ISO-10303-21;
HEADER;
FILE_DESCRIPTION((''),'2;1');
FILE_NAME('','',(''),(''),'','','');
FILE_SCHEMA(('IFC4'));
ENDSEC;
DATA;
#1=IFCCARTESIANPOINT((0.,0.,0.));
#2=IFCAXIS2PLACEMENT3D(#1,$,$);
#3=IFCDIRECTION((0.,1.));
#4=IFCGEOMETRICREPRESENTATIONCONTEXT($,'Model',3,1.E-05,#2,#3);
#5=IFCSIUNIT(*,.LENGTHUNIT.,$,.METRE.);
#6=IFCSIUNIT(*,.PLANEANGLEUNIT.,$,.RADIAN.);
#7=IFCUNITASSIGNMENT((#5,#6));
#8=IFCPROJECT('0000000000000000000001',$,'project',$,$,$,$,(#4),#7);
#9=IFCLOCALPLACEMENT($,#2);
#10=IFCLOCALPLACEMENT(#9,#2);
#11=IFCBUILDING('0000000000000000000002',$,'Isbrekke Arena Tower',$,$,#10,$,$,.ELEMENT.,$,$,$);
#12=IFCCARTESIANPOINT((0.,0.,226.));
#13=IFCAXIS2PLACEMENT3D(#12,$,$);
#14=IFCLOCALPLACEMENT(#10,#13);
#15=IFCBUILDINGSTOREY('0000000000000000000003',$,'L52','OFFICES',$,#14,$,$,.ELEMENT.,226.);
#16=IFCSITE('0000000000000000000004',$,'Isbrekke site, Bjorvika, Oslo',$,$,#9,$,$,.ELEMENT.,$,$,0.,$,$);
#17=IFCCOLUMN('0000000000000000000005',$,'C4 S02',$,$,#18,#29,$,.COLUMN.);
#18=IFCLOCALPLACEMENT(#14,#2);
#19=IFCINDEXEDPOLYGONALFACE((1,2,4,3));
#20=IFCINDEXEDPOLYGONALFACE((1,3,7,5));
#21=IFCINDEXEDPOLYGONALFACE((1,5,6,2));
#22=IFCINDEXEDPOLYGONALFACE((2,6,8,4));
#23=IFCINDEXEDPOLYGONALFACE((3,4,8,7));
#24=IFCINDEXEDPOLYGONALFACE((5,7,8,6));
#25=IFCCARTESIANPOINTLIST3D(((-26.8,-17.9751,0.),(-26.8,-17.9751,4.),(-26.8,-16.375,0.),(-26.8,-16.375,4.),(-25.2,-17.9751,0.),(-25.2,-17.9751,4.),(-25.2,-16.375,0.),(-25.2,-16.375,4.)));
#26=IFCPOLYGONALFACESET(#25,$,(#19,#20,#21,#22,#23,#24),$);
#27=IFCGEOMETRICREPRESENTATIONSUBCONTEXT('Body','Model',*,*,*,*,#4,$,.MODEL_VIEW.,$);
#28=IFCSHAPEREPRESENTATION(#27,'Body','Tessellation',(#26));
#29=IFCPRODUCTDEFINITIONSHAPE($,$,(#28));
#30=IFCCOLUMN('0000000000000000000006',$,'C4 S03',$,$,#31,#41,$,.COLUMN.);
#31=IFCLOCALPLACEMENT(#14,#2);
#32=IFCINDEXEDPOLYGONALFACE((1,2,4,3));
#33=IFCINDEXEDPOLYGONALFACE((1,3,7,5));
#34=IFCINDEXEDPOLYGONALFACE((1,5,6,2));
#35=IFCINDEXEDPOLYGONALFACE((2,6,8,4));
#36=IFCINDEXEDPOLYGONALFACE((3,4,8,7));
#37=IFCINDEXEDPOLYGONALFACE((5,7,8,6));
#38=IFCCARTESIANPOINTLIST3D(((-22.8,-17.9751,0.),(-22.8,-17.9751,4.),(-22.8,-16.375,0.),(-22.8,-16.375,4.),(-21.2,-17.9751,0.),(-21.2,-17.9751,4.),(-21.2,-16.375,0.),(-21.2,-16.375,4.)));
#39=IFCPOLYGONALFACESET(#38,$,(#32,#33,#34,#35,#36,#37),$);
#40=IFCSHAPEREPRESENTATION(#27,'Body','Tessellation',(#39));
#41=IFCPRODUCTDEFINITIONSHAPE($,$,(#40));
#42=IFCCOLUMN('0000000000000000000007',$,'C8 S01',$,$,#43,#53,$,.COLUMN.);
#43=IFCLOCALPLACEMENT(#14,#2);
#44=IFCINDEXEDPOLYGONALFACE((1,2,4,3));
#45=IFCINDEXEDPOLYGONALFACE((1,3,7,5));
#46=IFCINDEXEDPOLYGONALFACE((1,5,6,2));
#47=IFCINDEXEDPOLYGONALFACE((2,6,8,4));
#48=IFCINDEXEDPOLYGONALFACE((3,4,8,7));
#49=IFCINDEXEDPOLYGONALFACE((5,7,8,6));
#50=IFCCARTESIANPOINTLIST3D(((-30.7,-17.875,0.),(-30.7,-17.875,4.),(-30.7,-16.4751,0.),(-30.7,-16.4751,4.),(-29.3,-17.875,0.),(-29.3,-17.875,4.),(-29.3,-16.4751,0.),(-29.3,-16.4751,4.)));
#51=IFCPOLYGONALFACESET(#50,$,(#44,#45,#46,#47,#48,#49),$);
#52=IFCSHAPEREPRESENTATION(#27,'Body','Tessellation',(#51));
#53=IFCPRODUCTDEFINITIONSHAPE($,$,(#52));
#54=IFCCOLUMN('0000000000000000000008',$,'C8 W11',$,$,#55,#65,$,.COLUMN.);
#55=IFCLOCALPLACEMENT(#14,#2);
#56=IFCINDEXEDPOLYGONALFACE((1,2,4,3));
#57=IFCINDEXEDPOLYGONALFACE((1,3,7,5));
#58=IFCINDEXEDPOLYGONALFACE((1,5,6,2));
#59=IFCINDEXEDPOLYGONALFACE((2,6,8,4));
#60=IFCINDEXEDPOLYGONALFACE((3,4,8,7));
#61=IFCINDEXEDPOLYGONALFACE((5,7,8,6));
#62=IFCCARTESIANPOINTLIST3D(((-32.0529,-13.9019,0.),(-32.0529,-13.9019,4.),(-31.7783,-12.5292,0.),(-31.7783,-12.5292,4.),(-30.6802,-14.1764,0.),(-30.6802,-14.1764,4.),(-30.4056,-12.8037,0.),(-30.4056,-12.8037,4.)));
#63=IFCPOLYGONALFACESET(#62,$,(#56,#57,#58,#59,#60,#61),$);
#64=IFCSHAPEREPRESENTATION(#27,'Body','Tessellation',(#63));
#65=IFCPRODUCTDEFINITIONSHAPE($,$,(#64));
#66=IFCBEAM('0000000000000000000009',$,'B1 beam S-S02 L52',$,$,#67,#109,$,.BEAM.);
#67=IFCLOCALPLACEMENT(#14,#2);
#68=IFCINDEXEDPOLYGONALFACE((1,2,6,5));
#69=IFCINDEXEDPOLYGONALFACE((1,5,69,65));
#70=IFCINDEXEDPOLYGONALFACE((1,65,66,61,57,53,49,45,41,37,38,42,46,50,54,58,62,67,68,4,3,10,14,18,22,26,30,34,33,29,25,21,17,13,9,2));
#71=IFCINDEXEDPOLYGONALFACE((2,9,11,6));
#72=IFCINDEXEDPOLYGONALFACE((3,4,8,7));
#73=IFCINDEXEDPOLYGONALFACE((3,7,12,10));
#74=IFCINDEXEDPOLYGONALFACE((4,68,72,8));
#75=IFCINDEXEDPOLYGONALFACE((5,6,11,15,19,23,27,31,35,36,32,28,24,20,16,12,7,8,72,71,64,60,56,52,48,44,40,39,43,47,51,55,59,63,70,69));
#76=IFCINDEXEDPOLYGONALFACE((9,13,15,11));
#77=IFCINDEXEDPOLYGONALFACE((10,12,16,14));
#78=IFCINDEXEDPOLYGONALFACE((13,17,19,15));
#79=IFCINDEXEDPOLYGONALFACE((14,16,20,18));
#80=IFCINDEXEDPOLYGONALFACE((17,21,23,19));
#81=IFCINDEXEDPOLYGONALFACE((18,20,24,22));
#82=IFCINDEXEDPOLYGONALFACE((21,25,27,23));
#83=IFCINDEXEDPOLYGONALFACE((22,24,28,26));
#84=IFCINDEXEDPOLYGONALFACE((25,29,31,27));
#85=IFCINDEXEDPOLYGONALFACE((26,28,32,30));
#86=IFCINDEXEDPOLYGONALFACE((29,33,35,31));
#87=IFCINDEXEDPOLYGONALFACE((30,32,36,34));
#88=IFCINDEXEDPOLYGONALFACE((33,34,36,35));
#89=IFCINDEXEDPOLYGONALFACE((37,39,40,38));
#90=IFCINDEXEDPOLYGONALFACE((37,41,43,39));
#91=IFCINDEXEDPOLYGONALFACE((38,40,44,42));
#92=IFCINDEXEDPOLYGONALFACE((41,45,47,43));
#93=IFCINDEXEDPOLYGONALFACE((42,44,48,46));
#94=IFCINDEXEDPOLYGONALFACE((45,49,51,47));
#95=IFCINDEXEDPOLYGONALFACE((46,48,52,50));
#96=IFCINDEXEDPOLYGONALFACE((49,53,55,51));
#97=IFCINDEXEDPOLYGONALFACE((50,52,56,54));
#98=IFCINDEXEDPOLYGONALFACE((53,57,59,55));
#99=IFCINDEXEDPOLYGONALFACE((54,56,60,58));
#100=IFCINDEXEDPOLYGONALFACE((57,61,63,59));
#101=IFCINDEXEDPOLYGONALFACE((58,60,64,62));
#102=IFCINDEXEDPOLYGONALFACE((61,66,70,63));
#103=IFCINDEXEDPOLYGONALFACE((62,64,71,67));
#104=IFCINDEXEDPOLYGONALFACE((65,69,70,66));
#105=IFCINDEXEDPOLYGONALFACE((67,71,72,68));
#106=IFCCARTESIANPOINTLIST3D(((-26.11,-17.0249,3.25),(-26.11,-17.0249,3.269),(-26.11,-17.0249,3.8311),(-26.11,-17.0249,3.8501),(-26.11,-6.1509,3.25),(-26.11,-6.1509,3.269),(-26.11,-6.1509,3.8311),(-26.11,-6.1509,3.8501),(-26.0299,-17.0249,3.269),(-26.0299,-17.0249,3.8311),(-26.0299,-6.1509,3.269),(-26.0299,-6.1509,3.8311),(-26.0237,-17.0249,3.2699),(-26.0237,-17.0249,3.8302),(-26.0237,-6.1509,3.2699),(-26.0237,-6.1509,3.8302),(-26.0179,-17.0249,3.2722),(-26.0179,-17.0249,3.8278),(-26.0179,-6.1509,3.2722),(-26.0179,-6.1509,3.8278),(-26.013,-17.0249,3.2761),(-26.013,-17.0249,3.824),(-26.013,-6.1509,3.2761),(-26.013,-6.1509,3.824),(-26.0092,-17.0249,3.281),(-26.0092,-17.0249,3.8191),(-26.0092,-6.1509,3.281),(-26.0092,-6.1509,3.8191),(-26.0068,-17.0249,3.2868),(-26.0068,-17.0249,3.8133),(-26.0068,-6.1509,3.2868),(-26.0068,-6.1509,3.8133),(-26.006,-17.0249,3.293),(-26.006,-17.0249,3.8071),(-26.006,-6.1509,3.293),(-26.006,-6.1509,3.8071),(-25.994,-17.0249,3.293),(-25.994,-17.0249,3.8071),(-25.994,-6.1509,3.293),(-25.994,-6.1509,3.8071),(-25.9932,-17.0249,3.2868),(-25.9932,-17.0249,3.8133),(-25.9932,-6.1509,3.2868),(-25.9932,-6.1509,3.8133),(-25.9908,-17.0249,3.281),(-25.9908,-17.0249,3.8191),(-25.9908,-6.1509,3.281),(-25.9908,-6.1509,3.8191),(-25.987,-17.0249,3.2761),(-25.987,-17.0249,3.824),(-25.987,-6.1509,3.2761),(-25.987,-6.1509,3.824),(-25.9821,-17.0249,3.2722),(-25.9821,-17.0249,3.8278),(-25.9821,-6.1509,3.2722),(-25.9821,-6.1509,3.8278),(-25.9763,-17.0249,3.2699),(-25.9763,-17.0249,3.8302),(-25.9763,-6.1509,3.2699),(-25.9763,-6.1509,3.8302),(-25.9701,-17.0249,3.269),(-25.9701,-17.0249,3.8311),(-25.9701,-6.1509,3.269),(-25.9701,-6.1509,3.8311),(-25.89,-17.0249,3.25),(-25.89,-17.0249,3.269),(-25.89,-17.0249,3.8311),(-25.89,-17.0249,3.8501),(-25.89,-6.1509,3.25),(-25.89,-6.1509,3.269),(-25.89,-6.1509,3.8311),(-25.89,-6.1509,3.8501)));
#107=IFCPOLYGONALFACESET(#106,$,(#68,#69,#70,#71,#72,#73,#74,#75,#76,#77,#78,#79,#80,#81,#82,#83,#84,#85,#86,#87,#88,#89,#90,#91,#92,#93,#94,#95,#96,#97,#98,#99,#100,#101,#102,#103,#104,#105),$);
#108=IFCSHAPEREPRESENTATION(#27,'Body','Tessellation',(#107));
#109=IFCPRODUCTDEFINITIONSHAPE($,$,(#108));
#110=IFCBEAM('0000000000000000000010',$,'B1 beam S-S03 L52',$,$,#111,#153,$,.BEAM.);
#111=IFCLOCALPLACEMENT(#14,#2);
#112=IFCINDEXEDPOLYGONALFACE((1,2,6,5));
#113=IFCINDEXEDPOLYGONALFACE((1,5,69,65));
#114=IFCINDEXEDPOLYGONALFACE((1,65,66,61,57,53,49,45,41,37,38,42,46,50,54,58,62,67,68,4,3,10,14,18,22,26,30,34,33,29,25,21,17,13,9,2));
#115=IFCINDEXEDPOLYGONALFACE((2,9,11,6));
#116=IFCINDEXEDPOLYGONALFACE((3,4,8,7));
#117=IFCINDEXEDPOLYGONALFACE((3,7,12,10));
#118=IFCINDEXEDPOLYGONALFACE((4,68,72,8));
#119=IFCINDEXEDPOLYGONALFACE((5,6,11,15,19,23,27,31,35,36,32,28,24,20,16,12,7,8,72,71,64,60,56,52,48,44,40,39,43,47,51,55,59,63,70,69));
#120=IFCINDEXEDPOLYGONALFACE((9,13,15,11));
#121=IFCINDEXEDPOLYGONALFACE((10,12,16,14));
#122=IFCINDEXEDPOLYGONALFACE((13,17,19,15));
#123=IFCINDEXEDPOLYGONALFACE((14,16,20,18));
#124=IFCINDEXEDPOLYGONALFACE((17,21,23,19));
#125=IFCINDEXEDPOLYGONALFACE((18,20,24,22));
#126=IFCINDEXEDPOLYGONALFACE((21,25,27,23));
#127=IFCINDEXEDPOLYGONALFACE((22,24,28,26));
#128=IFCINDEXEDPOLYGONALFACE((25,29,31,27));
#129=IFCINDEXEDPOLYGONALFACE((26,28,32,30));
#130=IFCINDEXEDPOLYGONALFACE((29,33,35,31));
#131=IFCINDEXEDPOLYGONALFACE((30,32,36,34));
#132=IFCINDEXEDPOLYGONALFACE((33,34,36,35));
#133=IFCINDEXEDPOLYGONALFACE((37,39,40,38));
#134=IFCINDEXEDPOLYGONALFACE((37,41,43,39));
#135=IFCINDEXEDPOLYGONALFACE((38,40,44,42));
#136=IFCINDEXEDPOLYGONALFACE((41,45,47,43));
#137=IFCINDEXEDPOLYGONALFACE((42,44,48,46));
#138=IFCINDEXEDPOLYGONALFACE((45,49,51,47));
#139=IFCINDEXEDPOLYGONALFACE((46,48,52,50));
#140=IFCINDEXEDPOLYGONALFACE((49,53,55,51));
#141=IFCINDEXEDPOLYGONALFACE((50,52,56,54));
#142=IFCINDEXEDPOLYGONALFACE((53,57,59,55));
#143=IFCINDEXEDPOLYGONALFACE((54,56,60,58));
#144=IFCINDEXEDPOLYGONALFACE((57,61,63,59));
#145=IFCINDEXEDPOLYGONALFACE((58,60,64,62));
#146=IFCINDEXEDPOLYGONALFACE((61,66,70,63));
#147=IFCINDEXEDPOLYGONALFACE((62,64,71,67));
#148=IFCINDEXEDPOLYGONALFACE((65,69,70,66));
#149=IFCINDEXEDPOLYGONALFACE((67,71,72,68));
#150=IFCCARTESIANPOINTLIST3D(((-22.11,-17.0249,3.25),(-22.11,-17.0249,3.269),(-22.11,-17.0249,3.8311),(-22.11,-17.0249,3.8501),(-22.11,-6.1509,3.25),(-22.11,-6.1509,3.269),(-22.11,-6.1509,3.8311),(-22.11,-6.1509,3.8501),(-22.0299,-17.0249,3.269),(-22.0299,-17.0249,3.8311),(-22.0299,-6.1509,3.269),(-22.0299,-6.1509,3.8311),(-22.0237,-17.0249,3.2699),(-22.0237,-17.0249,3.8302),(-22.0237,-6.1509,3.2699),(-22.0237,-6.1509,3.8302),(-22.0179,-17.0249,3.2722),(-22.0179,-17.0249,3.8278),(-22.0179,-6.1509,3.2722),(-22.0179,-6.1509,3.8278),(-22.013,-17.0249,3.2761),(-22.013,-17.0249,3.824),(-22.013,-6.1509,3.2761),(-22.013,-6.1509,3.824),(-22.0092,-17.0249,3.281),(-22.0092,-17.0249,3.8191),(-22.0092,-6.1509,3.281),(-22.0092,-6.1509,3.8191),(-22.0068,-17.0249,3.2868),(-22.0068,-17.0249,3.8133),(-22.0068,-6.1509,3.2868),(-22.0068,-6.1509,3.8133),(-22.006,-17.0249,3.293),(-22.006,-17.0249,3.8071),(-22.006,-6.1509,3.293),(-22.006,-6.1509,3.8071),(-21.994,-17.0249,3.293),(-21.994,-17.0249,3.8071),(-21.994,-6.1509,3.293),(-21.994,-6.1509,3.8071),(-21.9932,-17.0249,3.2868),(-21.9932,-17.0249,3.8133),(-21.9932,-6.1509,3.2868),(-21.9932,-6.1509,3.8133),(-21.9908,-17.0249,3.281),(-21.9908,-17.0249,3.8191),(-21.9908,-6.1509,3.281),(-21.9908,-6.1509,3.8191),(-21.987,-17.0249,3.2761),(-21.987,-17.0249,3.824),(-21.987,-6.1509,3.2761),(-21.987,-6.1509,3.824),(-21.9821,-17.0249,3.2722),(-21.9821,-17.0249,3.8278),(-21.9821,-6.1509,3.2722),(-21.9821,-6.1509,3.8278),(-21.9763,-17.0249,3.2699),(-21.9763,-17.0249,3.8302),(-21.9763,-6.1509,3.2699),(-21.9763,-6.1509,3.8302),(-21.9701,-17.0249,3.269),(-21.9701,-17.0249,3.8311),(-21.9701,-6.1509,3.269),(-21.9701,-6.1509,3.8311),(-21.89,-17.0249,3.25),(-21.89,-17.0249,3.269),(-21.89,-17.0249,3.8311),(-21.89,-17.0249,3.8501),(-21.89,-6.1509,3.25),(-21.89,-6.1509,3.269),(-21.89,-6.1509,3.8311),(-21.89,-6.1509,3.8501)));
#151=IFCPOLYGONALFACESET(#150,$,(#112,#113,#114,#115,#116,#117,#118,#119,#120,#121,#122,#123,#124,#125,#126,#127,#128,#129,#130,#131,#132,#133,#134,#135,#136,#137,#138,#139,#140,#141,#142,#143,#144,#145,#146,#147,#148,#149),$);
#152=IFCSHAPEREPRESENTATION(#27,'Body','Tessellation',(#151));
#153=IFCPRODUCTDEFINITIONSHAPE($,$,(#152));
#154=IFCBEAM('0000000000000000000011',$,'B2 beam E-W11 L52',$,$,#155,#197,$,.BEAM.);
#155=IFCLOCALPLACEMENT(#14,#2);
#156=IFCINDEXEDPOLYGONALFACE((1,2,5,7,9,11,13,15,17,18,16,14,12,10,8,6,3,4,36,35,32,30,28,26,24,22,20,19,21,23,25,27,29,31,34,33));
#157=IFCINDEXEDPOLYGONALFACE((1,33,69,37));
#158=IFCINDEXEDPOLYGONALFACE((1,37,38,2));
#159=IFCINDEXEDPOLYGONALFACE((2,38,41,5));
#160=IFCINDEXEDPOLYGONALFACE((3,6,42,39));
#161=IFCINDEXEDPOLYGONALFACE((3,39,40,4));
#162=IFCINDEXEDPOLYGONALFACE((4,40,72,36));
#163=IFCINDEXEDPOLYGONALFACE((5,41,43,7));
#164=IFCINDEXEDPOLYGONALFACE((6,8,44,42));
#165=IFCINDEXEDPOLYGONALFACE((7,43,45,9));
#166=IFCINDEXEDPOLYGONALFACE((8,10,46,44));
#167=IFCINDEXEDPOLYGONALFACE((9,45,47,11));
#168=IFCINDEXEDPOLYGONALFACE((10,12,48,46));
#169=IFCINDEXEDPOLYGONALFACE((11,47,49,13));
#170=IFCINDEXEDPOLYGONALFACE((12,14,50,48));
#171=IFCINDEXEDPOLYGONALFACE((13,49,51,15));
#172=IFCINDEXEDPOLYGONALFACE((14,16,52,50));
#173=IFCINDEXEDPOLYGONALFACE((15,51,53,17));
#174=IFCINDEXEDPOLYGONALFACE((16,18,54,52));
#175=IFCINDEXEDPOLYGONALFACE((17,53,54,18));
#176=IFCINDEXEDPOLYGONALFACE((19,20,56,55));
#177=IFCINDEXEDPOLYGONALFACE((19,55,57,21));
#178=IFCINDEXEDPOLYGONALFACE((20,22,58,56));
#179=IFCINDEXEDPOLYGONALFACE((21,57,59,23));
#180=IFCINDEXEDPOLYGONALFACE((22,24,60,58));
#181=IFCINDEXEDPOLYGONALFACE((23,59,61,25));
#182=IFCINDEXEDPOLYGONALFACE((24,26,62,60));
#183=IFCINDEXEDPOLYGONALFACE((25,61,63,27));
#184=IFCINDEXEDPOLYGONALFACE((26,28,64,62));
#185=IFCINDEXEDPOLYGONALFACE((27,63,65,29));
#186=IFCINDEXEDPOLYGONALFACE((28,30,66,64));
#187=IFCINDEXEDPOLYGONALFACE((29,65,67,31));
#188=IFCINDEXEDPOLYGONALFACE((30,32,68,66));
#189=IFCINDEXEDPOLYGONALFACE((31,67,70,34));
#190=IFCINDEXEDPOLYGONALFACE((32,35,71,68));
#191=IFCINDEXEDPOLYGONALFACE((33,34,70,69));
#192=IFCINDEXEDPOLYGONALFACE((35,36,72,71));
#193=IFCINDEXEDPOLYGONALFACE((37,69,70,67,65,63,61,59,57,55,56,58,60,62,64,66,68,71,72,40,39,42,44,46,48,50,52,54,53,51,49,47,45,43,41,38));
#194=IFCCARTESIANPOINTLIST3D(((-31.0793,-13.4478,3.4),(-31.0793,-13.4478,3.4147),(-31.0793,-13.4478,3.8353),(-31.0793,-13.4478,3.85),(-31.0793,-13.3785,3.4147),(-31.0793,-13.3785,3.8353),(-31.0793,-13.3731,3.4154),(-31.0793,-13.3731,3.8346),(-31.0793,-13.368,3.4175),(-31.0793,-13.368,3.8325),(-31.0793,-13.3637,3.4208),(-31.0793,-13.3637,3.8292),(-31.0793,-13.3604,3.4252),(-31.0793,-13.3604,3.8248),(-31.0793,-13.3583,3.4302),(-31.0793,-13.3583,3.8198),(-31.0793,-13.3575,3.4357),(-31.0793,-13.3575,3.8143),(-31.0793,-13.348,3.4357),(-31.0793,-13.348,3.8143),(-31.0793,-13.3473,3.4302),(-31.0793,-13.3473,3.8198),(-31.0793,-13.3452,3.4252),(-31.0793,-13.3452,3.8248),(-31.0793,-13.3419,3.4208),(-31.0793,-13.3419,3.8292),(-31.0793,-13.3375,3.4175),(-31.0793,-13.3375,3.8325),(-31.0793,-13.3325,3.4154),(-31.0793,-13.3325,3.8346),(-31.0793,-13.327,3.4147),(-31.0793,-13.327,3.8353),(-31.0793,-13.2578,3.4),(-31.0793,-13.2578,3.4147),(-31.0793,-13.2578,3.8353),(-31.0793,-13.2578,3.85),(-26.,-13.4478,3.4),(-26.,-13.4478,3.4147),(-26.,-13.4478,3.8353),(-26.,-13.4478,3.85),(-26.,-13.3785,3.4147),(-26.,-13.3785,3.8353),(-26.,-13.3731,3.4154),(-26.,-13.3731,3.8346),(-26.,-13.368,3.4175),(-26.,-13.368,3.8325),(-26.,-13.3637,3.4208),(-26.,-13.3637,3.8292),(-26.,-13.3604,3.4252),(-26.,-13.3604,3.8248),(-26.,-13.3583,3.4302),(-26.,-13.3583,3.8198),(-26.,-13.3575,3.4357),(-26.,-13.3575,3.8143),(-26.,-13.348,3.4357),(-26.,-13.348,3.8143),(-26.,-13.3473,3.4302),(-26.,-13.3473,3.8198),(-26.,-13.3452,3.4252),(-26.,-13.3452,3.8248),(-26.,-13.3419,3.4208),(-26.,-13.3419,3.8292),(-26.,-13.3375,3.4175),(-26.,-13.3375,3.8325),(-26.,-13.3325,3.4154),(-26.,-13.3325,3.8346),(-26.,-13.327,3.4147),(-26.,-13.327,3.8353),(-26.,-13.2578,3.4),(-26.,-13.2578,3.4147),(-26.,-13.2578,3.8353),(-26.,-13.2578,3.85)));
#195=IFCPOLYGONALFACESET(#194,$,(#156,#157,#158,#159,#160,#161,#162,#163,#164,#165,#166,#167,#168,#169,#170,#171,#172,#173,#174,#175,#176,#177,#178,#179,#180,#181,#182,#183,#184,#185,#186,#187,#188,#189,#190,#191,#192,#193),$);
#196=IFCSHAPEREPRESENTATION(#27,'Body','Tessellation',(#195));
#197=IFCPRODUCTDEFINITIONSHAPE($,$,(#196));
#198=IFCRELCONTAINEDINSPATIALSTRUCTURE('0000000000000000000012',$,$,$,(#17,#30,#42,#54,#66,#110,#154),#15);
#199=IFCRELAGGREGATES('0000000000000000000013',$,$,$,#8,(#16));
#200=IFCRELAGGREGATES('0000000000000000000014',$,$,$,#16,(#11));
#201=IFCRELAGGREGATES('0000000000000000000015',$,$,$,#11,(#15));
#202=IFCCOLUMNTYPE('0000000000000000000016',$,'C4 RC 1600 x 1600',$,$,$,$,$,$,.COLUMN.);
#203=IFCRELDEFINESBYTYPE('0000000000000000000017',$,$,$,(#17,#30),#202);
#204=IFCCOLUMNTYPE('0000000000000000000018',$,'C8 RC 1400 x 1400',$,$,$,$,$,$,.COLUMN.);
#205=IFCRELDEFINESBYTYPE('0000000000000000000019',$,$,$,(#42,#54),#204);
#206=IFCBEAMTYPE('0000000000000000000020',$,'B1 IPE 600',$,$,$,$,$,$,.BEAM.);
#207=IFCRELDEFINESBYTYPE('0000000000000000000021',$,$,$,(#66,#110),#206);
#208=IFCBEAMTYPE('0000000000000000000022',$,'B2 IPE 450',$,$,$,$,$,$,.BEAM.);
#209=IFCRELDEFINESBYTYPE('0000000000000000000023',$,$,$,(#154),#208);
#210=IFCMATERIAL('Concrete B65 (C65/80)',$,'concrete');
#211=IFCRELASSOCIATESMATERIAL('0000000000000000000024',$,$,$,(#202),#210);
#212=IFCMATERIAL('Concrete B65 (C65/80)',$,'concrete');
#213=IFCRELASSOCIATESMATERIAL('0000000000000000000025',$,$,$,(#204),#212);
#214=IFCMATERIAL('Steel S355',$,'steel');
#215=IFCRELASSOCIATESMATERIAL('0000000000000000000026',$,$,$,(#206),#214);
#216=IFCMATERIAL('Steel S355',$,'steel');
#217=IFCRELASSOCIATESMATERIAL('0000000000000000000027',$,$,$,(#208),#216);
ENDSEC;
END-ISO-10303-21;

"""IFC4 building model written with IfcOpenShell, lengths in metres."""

from ifc_helpers import new_model, si_unit, direction, frame, origin, origin_2d, place, context, subcontext, project, spatial, rectangle, i_section, extrude, material, material_profile, profile_set, type_object, element, save


model = new_model("IFC4")

# Units and contexts
model_context = context("Model", 3, precision=1e-05, world=origin(), true_north=direction((0.0, 1.0)))
body_context = subcontext(model_context, "Body", "Model", "MODEL_VIEW")
ifc_project = project(units=[si_unit("LENGTHUNIT", "METRE"), si_unit("PLANEANGLEUNIT", "RADIAN")], contexts=[model_context])

# Site, building, storey
site_placement = place(None, origin())
site = spatial("IfcSite", under=ifc_project, at=site_placement, Name="Isbrekke site, Bjorvika, Oslo", CompositionType="ELEMENT", RefElevation=0.0)
building_placement = place(site_placement, origin())
building = spatial("IfcBuilding", under=site, at=building_placement, Name="Isbrekke Arena Tower", CompositionType="ELEMENT")
storey_placement = place(building_placement, frame((0.0, 0.0, 226.0)))
storey = spatial("IfcBuildingStorey", under=building, at=storey_placement, Name="L52", Description="OFFICES", CompositionType="ELEMENT", Elevation=226.0)

# Columns
ifc_material_1 = material(Name="Concrete B65 (C65/80)", Category="concrete")
ifc_material_profile_1 = material_profile(ifc_material_1, rectangle(XDim=1.6001, YDim=1.6001, at=origin_2d()), Name="RC 1600x1600")
ifc_profile_set_1 = profile_set([ifc_material_profile_1], Name="Concrete B65 (C65/80)")
column_type_1 = type_object("IfcColumnType", Name="C4 RC 1600 x 1600", PredefinedType="COLUMN", material=ifc_profile_set_1)
for number, where, z_axis, x_axis, name in (
    (1, (-26.0, -17.175, 0.0), (0.0, 0.0, 1.0), (1.0, 0.0, 0.0), "C4 S02"),
    (2, (-22.0, -17.175, 0.0), (0.0, 0.0, 1.0), (1.0, 0.0, 0.0), "C4 S03"),
):
    element("IfcColumn", number, at=place(storey_placement, frame(where, z_axis=z_axis, x_axis=x_axis)), inside=storey, type_object=column_type_1, Name=name, PredefinedType="COLUMN", context=body_context, shape_type="SweptSolid", body=[
        extrude(rectangle(XDim=1.6001, YDim=1.6001, at=origin_2d()), origin(), (0.0, 0.0, 1.0), 4.0),
    ])
ifc_material_2 = material(Name="Concrete B65 (C65/80)", Category="concrete")
ifc_material_profile_2 = material_profile(ifc_material_2, rectangle(XDim=1.3999, YDim=1.3999, at=origin_2d()), Name="RC 1400x1400")
ifc_profile_set_2 = profile_set([ifc_material_profile_2], Name="Concrete B65 (C65/80)")
column_type_2 = type_object("IfcColumnType", Name="C8 RC 1400 x 1400", PredefinedType="COLUMN", material=ifc_profile_set_2)
for number, where, z_axis, x_axis, name in (
    (3, (-30.0, -17.175, 0.0), (0.0, 0.0, 1.0), (1.0, 0.0, 0.0), "C8 S01"),
    (4, (-31.2292, -13.3528, 0.0), (0.0, 0.0, 1.0), (-0.196116, -0.980581, 0.0), "C8 W11"),
):
    element("IfcColumn", number, at=place(storey_placement, frame(where, z_axis=z_axis, x_axis=x_axis)), inside=storey, type_object=column_type_2, Name=name, PredefinedType="COLUMN", context=body_context, shape_type="SweptSolid", body=[
        extrude(rectangle(XDim=1.3999, YDim=1.3999, at=origin_2d()), origin(), (0.0, 0.0, 1.0), 4.0),
    ])

# Beams
ifc_material_3 = material(Name="Steel S355", Category="steel")
ifc_material_profile_3 = material_profile(ifc_material_3, i_section(OverallWidth=0.22, OverallDepth=0.6001, WebThickness=0.012, FlangeThickness=0.019, FilletRadius=0.0239, at=origin_2d()), Name="IPE 600")
ifc_profile_set_3 = profile_set([ifc_material_profile_3], Name="Steel S355")
beam_type_1 = type_object("IfcBeamType", Name="B1 IPE 600", PredefinedType="BEAM", material=ifc_profile_set_3)
for number, where, z_axis, x_axis, name in (
    (5, (-26.0, -17.0249, 3.55), (0.0, 1.0, 0.0), (-1.0, 0.0, 0.0), "B1 beam S-S02 L52"),
    (6, (-22.0, -17.0249, 3.55), (0.0, 1.0, 0.0), (-1.0, 0.0, 0.0), "B1 beam S-S03 L52"),
):
    element("IfcBeam", number, at=place(storey_placement, frame(where, z_axis=z_axis, x_axis=x_axis)), inside=storey, type_object=beam_type_1, Name=name, PredefinedType="BEAM", context=body_context, shape_type="SweptSolid", body=[
        extrude(i_section(OverallWidth=0.22, OverallDepth=0.6001, WebThickness=0.012, FlangeThickness=0.019, FilletRadius=0.0239, at=origin_2d()), origin(), (0.0, 0.0, 1.0), 10.874),
    ])
ifc_material_4 = material(Name="Steel S355", Category="steel")
ifc_material_profile_4 = material_profile(ifc_material_4, i_section(OverallWidth=0.1899, OverallDepth=0.45, WebThickness=0.0095, FlangeThickness=0.0146, FilletRadius=0.021, at=origin_2d()), Name="IPE 450")
ifc_profile_set_4 = profile_set([ifc_material_profile_4], Name="Steel S355")
beam_type_2 = type_object("IfcBeamType", Name="B2 IPE 450", PredefinedType="BEAM", material=ifc_profile_set_4)
beam_1_placement = place(storey_placement, frame((-31.0793, -13.3528, 3.625), z_axis=(1.0, 0.0, 0.0), x_axis=(0.0, 1.0, 0.0)))
element("IfcBeam", 7, at=beam_1_placement, inside=storey, type_object=beam_type_2, Name="B2 beam E-W11 L52", PredefinedType="BEAM", context=body_context, shape_type="SweptSolid", body=[
    extrude(i_section(OverallWidth=0.1899, OverallDepth=0.45, WebThickness=0.0095, FlangeThickness=0.0146, FilletRadius=0.021, at=origin_2d()), origin(), (0.0, 0.0, 1.0), 5.0793),
])

save(model, "model.ifc")
